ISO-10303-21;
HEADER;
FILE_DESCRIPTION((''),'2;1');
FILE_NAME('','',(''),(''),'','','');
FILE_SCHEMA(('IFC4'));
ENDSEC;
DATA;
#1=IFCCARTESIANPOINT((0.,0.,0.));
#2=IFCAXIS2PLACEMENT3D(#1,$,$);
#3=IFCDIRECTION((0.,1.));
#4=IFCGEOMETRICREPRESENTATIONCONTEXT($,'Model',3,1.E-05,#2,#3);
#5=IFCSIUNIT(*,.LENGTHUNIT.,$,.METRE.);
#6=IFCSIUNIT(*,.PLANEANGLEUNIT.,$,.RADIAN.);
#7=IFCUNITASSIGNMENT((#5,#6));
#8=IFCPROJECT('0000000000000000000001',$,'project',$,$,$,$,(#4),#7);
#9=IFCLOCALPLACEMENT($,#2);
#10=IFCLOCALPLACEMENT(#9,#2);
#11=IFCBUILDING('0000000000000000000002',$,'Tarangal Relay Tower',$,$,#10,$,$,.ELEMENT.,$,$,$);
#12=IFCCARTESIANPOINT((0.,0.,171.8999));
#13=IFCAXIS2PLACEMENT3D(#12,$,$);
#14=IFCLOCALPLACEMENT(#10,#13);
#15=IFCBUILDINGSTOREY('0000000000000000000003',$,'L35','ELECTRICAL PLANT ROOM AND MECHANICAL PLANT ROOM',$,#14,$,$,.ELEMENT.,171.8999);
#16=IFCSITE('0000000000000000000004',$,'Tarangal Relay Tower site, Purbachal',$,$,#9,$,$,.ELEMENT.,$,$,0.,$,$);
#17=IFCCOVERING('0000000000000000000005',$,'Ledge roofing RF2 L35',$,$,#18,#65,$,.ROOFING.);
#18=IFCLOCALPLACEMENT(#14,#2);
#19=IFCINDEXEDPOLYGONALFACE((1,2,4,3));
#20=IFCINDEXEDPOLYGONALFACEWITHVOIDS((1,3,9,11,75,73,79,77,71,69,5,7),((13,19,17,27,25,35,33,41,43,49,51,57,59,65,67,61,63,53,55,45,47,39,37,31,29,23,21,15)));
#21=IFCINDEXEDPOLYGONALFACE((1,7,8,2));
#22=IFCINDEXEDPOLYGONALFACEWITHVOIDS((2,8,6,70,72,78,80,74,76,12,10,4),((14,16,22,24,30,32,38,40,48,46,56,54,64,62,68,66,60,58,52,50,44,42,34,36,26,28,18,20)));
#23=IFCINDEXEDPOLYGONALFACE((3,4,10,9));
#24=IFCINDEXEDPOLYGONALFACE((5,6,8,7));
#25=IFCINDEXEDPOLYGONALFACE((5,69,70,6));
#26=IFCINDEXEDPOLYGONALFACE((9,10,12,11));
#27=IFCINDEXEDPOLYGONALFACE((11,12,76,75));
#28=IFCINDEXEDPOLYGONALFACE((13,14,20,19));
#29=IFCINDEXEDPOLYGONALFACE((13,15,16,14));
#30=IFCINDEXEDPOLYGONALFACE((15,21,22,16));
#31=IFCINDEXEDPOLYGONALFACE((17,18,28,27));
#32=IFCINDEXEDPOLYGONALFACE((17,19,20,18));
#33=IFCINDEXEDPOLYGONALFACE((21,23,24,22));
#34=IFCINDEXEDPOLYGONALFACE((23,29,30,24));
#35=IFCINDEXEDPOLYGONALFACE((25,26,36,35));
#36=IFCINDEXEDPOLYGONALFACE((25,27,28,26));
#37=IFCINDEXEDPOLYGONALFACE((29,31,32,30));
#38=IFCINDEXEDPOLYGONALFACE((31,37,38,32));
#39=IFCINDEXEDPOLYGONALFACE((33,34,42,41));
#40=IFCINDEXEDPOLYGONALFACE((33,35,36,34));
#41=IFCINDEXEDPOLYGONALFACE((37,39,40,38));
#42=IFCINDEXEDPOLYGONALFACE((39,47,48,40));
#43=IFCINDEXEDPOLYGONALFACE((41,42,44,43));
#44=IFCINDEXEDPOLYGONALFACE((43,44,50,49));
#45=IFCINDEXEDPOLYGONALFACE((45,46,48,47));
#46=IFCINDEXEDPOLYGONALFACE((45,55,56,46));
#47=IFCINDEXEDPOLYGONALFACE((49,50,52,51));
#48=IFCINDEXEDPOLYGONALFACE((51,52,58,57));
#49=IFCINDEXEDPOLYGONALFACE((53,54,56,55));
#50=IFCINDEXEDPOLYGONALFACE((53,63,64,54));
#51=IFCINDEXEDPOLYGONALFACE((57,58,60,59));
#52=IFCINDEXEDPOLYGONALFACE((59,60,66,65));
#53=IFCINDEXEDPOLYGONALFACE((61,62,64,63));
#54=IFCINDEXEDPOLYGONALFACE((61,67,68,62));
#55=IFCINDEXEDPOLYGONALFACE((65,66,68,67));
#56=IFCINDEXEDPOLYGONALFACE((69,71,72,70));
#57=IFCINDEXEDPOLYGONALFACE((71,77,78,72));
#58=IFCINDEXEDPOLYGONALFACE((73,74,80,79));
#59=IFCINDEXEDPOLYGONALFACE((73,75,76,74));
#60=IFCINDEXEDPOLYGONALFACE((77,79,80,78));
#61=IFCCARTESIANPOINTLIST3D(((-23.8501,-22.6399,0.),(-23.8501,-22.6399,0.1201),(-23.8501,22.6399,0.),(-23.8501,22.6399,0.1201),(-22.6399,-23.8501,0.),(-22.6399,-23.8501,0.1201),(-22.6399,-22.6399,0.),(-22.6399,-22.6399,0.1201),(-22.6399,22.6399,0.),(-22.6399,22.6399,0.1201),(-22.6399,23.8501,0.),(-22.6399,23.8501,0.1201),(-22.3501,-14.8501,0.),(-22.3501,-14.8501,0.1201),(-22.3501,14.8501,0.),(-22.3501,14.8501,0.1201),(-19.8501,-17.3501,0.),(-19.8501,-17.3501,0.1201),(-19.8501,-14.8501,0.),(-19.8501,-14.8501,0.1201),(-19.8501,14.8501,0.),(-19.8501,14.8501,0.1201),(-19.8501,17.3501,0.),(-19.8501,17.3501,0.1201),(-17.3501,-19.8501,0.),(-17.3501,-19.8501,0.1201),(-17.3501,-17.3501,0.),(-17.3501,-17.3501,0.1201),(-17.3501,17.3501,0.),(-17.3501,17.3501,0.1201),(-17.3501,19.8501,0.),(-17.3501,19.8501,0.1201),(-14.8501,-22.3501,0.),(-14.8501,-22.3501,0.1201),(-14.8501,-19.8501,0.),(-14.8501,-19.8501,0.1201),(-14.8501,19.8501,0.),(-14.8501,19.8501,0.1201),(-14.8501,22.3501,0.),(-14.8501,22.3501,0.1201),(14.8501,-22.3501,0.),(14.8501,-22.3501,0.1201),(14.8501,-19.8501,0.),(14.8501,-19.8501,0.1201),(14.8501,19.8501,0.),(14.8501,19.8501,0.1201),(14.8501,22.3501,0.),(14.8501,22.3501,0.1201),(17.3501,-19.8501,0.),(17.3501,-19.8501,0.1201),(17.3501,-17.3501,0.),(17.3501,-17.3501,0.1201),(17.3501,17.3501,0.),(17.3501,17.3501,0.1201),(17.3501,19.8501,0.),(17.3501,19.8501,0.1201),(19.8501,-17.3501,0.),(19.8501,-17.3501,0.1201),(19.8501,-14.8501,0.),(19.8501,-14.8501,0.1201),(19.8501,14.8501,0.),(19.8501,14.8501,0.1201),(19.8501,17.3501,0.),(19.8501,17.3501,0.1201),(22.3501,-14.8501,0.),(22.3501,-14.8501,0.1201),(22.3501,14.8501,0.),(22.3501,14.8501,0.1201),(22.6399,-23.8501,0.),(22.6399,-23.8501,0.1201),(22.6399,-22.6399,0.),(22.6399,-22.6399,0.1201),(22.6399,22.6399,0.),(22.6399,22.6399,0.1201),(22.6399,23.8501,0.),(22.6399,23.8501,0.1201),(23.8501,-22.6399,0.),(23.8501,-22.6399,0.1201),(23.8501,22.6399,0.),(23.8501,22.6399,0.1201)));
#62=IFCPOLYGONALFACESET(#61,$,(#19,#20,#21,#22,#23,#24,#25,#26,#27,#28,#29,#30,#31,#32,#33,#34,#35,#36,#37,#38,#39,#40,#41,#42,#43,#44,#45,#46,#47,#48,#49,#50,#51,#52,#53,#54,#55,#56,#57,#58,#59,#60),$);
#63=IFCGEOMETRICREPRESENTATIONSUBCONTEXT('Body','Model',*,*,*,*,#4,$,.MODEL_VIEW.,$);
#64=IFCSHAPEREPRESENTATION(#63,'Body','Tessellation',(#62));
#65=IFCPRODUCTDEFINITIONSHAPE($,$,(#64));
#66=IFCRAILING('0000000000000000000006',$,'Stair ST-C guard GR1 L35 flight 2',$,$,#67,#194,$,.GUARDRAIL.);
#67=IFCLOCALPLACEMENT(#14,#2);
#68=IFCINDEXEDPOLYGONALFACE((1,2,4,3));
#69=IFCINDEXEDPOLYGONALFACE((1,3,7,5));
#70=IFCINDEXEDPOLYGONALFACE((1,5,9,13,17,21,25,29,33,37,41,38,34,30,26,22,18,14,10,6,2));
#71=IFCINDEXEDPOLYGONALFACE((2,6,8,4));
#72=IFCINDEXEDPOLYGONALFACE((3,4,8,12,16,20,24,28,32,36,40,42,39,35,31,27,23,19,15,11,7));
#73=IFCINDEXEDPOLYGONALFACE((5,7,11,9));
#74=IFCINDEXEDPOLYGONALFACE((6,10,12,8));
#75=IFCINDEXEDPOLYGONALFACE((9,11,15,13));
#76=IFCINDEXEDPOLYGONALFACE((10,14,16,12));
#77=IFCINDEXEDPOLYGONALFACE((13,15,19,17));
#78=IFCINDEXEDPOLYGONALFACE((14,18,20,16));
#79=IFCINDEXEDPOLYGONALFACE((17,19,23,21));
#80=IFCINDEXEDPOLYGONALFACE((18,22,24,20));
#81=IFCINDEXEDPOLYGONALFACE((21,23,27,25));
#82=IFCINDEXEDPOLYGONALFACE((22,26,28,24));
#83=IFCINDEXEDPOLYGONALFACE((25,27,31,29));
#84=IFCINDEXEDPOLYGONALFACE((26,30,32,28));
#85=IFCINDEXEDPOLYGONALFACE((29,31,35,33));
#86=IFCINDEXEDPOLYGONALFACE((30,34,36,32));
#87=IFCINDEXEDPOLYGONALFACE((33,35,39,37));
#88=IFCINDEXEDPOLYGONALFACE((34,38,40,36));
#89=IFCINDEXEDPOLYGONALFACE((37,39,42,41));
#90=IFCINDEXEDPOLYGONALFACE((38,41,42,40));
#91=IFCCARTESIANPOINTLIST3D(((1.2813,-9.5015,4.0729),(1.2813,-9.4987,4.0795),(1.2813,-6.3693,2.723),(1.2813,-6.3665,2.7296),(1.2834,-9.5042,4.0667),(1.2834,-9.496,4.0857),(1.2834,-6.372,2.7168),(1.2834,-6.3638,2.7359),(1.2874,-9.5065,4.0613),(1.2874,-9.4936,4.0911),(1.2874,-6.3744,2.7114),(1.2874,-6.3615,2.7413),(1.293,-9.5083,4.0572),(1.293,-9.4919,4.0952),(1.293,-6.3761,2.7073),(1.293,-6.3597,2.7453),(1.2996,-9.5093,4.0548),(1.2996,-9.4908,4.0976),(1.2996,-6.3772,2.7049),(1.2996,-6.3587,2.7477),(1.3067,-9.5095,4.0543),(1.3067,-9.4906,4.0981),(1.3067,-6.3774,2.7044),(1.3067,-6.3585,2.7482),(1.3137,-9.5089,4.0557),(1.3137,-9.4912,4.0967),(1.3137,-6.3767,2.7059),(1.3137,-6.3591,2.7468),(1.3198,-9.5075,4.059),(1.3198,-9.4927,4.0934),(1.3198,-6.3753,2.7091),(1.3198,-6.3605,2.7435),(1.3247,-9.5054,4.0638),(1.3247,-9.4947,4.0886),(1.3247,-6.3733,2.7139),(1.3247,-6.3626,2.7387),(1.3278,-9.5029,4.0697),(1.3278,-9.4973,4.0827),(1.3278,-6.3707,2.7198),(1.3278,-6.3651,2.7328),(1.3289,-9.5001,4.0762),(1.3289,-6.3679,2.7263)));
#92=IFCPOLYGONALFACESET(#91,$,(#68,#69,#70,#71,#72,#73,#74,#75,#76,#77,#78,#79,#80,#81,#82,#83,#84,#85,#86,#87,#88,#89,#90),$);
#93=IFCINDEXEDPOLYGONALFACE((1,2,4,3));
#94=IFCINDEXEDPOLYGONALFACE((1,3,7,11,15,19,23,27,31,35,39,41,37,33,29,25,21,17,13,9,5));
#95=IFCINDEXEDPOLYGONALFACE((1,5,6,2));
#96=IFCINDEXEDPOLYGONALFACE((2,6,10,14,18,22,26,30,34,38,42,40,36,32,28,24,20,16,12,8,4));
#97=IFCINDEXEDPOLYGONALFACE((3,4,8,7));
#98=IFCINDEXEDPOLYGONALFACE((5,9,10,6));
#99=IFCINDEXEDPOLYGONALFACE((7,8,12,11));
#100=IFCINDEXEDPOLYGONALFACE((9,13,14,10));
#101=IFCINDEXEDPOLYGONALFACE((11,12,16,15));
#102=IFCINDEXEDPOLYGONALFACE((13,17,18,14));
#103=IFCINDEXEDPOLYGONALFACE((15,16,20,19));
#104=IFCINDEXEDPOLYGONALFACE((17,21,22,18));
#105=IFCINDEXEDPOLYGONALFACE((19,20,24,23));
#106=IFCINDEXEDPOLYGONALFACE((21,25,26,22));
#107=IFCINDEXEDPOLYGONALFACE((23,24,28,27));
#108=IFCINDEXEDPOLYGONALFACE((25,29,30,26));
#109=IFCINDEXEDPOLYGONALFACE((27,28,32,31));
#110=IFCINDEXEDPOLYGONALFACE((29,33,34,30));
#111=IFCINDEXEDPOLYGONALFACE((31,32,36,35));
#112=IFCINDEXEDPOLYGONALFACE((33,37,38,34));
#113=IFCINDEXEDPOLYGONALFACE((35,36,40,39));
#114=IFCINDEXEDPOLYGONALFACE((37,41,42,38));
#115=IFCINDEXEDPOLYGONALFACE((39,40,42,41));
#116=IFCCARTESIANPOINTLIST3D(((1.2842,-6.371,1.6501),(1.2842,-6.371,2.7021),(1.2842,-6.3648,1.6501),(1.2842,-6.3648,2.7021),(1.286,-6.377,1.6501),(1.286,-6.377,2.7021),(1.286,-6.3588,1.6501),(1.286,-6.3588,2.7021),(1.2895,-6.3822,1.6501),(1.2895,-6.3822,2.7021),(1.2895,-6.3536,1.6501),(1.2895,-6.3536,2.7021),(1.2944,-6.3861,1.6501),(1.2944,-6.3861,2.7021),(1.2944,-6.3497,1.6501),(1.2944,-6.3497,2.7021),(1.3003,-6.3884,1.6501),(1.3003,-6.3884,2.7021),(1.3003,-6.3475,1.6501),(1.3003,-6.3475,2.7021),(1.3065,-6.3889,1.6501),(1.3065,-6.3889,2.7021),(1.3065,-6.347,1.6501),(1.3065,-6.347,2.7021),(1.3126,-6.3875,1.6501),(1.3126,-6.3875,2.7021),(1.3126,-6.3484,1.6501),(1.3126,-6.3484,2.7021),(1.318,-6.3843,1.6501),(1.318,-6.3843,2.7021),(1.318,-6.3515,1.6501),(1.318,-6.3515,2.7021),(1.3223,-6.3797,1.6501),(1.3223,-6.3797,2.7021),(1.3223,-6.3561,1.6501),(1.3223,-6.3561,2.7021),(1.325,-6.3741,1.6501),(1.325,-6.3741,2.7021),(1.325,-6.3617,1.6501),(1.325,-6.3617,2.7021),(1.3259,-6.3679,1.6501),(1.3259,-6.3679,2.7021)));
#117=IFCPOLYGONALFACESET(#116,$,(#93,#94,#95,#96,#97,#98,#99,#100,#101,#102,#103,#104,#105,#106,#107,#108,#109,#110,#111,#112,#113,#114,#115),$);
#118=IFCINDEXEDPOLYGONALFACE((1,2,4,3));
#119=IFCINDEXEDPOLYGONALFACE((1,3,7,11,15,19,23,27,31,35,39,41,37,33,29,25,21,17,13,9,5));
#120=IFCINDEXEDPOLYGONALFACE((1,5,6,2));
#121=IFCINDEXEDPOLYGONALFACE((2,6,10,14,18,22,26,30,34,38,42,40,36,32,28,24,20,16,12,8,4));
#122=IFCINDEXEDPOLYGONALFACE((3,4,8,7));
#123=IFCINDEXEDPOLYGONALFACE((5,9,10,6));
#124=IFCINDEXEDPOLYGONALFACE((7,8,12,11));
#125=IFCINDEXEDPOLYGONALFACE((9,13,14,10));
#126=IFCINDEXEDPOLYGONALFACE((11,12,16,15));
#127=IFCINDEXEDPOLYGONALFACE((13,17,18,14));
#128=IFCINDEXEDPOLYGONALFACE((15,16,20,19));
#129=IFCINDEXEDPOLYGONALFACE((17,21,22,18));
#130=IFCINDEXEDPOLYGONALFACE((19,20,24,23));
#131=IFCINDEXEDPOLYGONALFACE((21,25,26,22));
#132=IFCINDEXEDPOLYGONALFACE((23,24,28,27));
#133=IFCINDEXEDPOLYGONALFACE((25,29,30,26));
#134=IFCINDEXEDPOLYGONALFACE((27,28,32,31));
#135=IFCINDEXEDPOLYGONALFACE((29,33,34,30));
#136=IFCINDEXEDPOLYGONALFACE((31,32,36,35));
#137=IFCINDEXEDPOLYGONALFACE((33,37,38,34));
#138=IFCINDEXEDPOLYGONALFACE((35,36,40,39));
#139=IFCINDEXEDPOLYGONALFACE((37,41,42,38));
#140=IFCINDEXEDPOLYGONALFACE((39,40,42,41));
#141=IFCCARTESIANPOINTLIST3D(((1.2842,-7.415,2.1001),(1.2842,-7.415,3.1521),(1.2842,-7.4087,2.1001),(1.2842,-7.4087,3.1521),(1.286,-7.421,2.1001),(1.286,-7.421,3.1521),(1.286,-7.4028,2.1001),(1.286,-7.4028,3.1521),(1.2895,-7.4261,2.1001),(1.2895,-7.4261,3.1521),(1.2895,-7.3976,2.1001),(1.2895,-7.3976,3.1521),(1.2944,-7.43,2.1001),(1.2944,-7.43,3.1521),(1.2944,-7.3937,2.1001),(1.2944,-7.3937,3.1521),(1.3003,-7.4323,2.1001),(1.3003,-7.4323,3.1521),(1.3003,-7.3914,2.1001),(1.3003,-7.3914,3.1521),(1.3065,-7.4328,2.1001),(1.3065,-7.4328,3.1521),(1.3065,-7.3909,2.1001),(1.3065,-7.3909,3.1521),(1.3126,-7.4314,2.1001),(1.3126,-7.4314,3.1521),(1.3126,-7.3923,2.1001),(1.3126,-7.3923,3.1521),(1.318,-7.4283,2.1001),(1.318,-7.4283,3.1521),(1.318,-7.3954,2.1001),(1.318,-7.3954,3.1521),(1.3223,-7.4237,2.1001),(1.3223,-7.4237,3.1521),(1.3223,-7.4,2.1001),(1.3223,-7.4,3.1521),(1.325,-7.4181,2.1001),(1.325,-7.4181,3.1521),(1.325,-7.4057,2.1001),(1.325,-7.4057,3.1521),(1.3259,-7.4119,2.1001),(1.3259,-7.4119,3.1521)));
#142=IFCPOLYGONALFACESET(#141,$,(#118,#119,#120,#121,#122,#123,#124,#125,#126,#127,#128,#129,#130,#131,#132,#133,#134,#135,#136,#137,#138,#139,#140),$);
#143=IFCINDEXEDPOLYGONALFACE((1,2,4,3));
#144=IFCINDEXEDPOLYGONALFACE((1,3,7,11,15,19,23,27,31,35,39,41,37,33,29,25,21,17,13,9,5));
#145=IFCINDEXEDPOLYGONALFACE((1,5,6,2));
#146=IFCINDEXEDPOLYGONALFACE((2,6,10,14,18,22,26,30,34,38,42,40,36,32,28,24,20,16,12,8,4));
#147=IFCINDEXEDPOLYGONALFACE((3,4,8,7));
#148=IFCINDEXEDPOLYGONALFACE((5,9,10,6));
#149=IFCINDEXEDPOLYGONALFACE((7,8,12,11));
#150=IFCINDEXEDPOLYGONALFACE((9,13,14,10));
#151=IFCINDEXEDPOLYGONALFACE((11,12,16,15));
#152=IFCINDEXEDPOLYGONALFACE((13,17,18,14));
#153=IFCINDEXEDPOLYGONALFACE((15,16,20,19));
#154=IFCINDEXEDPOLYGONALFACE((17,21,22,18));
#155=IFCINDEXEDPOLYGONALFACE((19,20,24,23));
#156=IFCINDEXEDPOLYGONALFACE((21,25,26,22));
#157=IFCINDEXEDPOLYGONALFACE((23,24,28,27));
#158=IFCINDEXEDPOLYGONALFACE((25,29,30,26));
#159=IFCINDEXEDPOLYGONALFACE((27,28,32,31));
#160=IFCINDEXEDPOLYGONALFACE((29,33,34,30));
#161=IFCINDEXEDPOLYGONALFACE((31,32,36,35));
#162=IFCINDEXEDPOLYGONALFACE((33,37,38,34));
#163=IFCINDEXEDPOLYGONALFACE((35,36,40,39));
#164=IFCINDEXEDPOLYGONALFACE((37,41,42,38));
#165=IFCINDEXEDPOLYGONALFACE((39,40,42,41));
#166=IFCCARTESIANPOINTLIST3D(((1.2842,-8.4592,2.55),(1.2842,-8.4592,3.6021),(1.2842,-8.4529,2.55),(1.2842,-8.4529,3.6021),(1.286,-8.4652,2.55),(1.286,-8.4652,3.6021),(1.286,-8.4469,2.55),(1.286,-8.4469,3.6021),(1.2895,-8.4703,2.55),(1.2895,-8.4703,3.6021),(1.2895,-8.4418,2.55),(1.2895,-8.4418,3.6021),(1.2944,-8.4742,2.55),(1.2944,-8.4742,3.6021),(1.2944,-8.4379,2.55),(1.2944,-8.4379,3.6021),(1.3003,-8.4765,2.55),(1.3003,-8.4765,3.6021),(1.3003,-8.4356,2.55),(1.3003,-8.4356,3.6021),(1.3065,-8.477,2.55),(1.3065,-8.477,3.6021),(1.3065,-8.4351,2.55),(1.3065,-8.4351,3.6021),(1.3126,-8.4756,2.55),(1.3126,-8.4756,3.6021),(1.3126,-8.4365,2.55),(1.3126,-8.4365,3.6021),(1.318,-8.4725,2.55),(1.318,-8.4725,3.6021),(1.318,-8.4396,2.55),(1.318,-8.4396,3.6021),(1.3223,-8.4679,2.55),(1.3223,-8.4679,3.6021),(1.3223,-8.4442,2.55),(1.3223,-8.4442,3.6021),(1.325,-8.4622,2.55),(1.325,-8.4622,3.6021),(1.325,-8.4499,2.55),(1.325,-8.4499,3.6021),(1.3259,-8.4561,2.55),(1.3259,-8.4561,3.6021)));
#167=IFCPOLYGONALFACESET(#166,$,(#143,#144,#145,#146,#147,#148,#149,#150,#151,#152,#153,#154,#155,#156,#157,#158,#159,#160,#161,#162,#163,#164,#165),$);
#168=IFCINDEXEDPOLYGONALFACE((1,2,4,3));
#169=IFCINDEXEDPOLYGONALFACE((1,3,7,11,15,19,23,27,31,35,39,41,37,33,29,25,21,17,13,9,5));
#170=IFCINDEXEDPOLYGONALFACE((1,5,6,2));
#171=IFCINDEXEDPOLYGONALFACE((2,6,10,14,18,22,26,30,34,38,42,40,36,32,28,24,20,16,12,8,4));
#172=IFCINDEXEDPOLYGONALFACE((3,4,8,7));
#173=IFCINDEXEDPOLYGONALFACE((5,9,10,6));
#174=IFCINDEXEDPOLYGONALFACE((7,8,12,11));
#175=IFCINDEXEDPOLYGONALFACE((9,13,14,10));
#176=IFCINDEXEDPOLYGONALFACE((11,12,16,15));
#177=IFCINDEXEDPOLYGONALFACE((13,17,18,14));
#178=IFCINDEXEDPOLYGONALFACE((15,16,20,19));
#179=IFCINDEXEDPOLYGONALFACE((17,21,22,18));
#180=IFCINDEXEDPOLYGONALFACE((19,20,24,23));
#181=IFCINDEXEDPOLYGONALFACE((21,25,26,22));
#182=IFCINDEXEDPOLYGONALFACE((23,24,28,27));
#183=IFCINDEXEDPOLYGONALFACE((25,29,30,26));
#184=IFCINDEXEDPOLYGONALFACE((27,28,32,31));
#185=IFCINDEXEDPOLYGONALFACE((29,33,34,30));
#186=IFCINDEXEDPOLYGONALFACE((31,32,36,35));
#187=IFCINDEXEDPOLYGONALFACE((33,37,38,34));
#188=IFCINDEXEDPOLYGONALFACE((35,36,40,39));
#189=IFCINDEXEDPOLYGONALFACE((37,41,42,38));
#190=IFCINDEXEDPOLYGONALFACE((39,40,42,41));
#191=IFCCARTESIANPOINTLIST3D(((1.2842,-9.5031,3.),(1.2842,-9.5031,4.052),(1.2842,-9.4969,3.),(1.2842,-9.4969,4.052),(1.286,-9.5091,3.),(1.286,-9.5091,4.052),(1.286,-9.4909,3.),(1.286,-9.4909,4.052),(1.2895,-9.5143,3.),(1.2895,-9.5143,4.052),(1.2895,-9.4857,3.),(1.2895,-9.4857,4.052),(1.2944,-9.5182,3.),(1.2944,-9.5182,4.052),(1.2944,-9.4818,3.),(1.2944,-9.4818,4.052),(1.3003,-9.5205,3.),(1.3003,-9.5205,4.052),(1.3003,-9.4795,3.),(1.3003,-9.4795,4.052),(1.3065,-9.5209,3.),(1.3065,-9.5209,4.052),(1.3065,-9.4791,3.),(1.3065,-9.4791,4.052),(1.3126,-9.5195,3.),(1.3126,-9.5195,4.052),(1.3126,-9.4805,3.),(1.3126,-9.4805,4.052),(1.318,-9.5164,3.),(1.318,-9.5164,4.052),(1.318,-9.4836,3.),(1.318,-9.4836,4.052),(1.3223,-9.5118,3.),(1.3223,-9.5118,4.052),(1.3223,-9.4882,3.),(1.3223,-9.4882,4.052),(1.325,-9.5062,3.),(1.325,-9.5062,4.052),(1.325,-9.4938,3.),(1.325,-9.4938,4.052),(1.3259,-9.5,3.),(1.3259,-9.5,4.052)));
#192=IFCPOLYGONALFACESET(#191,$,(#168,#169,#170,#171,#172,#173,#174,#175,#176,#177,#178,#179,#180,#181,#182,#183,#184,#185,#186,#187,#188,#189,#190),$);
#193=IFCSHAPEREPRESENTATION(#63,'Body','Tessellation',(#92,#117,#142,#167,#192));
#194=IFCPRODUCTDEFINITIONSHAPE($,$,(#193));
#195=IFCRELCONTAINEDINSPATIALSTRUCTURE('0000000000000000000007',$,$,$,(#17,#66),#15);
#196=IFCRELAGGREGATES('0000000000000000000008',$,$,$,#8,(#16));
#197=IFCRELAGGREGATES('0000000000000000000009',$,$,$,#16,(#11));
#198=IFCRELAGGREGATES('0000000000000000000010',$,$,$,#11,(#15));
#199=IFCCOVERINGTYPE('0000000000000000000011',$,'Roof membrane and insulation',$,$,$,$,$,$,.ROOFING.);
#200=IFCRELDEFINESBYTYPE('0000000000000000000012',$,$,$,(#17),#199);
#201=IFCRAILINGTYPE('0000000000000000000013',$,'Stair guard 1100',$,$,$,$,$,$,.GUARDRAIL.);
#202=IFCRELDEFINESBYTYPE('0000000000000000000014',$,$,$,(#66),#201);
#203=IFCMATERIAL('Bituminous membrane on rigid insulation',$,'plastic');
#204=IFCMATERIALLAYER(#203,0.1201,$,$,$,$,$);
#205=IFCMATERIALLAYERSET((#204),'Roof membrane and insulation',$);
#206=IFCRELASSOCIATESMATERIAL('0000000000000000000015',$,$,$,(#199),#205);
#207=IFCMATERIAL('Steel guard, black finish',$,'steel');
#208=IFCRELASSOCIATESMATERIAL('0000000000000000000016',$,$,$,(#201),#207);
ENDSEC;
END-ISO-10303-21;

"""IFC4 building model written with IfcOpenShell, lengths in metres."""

from ifc_helpers import new_model, si_unit, direction, frame, origin, origin_2d, place, context, subcontext, project, spatial, polyline, circle, outline, extrude, material, layer, layer_set, type_object, element, save


model = new_model("IFC4")

# Units and contexts
model_context = context("Model", 3, precision=1e-05, world=origin(), true_north=direction((0.0, 1.0)))
body_context = subcontext(model_context, "Body", "Model", "MODEL_VIEW")
ifc_project = project(units=[si_unit("LENGTHUNIT", "METRE"), si_unit("PLANEANGLEUNIT", "RADIAN")], contexts=[model_context])

# Site, building, storey
site_placement = place(None, origin())
site = spatial("IfcSite", under=ifc_project, at=site_placement, Name="Tarangal Relay Tower site, Purbachal", CompositionType="ELEMENT", RefElevation=0.0)
building_placement = place(site_placement, origin())
building = spatial("IfcBuilding", under=site, at=building_placement, Name="Tarangal Relay Tower", CompositionType="ELEMENT")
storey_placement = place(building_placement, frame((0.0, 0.0, 171.8999)))
storey = spatial("IfcBuildingStorey", under=building, at=storey_placement, Name="L35", Description="ELECTRICAL PLANT ROOM AND MECHANICAL PLANT ROOM", CompositionType="ELEMENT", Elevation=171.8999)

# Covering
ifc_material_1 = material(Name="Bituminous membrane on rigid insulation", Category="plastic")
ifc_layer_1 = layer(ifc_material_1, 0.1201)
ifc_layer_set_1 = layer_set([ifc_layer_1], Name="Roof membrane and insulation")
covering_type = type_object("IfcCoveringType", Name="Roof membrane and insulation", PredefinedType="ROOFING", material=ifc_layer_set_1)
covering_placement = place(storey_placement, origin())
element("IfcCovering", 1, at=covering_placement, inside=storey, type_object=covering_type, Name="Ledge roofing RF2 L35", PredefinedType="ROOFING", context=body_context, shape_type="SweptSolid", body=[
    extrude(outline(polyline([(23.8501, -22.6399), (23.8501, 22.6399), (22.6399, 22.6399), (22.6399, 23.8501), (-22.6399, 23.8501), (-22.6399, 22.6399), (-23.8501, 22.6399), (-23.8501, -22.6399), (-22.6399, -22.6399), (-22.6399, -23.8501), (22.6399, -23.8501), (22.6399, -22.6399), (23.8501, -22.6399)]), holes=[polyline([(-22.3501, 14.8501), (-22.3501, -14.8501), (-19.8501, -14.8501), (-19.8501, -17.3501), (-17.3501, -17.3501), (-17.3501, -19.8501), (-14.8501, -19.8501), (-14.8501, -22.3501), (14.8501, -22.3501), (14.8501, -19.8501), (17.3501, -19.8501), (17.3501, -17.3501), (19.8501, -17.3501), (19.8501, -14.8501), (22.3501, -14.8501), (22.3501, 14.8501), (19.8501, 14.8501), (19.8501, 17.3501), (17.3501, 17.3501), (17.3501, 19.8501), (14.8501, 19.8501), (14.8501, 22.3501), (-14.8501, 22.3501), (-14.8501, 19.8501), (-17.3501, 19.8501), (-17.3501, 17.3501), (-19.8501, 17.3501), (-19.8501, 14.8501), (-22.3501, 14.8501)])]), origin(), (0.0, 0.0, 1.0), 0.1201),
])

# Railing
ifc_material_2 = material(Name="Steel guard, black finish", Category="steel")
railing_type_1 = type_object("IfcRailingType", Name="Stair guard 1100", PredefinedType="GUARDRAIL", material=ifc_material_2)
for number, where, name in (
    (2, (1.3049, -6.3679, 1.6501), "Stair ST-C guard GR1 L35 flight 2"),
):
    element("IfcRailing", number, at=place(storey_placement, frame(where)), inside=storey, type_object=railing_type_1, Name=name, PredefinedType="GUARDRAIL", context=body_context, shape_type="SweptSolid", body=[
        extrude(circle(Radius=0.0239, at=origin_2d()), frame((0.0, 0.0, 1.0762), z_axis=(0.0, -0.918343, 0.395785), x_axis=(1.0, 0.0, 0.0)), (0.0, 0.0, 1.0), 3.4106),
        extrude(circle(Radius=0.021, at=origin_2d()), origin(), (0.0, 0.0, 1.0), 1.052),
        extrude(circle(Radius=0.021, at=origin_2d()), frame((0.0, -1.0439, 0.45)), (0.0, 0.0, 1.0), 1.052),
        extrude(circle(Radius=0.021, at=origin_2d()), frame((0.0, -2.0881, 0.8999)), (0.0, 0.0, 1.0), 1.052),
        extrude(circle(Radius=0.021, at=origin_2d()), frame((0.0, -3.1321, 1.3499)), (0.0, 0.0, 1.0), 1.052),
    ])

save(model, "model.ifc")
